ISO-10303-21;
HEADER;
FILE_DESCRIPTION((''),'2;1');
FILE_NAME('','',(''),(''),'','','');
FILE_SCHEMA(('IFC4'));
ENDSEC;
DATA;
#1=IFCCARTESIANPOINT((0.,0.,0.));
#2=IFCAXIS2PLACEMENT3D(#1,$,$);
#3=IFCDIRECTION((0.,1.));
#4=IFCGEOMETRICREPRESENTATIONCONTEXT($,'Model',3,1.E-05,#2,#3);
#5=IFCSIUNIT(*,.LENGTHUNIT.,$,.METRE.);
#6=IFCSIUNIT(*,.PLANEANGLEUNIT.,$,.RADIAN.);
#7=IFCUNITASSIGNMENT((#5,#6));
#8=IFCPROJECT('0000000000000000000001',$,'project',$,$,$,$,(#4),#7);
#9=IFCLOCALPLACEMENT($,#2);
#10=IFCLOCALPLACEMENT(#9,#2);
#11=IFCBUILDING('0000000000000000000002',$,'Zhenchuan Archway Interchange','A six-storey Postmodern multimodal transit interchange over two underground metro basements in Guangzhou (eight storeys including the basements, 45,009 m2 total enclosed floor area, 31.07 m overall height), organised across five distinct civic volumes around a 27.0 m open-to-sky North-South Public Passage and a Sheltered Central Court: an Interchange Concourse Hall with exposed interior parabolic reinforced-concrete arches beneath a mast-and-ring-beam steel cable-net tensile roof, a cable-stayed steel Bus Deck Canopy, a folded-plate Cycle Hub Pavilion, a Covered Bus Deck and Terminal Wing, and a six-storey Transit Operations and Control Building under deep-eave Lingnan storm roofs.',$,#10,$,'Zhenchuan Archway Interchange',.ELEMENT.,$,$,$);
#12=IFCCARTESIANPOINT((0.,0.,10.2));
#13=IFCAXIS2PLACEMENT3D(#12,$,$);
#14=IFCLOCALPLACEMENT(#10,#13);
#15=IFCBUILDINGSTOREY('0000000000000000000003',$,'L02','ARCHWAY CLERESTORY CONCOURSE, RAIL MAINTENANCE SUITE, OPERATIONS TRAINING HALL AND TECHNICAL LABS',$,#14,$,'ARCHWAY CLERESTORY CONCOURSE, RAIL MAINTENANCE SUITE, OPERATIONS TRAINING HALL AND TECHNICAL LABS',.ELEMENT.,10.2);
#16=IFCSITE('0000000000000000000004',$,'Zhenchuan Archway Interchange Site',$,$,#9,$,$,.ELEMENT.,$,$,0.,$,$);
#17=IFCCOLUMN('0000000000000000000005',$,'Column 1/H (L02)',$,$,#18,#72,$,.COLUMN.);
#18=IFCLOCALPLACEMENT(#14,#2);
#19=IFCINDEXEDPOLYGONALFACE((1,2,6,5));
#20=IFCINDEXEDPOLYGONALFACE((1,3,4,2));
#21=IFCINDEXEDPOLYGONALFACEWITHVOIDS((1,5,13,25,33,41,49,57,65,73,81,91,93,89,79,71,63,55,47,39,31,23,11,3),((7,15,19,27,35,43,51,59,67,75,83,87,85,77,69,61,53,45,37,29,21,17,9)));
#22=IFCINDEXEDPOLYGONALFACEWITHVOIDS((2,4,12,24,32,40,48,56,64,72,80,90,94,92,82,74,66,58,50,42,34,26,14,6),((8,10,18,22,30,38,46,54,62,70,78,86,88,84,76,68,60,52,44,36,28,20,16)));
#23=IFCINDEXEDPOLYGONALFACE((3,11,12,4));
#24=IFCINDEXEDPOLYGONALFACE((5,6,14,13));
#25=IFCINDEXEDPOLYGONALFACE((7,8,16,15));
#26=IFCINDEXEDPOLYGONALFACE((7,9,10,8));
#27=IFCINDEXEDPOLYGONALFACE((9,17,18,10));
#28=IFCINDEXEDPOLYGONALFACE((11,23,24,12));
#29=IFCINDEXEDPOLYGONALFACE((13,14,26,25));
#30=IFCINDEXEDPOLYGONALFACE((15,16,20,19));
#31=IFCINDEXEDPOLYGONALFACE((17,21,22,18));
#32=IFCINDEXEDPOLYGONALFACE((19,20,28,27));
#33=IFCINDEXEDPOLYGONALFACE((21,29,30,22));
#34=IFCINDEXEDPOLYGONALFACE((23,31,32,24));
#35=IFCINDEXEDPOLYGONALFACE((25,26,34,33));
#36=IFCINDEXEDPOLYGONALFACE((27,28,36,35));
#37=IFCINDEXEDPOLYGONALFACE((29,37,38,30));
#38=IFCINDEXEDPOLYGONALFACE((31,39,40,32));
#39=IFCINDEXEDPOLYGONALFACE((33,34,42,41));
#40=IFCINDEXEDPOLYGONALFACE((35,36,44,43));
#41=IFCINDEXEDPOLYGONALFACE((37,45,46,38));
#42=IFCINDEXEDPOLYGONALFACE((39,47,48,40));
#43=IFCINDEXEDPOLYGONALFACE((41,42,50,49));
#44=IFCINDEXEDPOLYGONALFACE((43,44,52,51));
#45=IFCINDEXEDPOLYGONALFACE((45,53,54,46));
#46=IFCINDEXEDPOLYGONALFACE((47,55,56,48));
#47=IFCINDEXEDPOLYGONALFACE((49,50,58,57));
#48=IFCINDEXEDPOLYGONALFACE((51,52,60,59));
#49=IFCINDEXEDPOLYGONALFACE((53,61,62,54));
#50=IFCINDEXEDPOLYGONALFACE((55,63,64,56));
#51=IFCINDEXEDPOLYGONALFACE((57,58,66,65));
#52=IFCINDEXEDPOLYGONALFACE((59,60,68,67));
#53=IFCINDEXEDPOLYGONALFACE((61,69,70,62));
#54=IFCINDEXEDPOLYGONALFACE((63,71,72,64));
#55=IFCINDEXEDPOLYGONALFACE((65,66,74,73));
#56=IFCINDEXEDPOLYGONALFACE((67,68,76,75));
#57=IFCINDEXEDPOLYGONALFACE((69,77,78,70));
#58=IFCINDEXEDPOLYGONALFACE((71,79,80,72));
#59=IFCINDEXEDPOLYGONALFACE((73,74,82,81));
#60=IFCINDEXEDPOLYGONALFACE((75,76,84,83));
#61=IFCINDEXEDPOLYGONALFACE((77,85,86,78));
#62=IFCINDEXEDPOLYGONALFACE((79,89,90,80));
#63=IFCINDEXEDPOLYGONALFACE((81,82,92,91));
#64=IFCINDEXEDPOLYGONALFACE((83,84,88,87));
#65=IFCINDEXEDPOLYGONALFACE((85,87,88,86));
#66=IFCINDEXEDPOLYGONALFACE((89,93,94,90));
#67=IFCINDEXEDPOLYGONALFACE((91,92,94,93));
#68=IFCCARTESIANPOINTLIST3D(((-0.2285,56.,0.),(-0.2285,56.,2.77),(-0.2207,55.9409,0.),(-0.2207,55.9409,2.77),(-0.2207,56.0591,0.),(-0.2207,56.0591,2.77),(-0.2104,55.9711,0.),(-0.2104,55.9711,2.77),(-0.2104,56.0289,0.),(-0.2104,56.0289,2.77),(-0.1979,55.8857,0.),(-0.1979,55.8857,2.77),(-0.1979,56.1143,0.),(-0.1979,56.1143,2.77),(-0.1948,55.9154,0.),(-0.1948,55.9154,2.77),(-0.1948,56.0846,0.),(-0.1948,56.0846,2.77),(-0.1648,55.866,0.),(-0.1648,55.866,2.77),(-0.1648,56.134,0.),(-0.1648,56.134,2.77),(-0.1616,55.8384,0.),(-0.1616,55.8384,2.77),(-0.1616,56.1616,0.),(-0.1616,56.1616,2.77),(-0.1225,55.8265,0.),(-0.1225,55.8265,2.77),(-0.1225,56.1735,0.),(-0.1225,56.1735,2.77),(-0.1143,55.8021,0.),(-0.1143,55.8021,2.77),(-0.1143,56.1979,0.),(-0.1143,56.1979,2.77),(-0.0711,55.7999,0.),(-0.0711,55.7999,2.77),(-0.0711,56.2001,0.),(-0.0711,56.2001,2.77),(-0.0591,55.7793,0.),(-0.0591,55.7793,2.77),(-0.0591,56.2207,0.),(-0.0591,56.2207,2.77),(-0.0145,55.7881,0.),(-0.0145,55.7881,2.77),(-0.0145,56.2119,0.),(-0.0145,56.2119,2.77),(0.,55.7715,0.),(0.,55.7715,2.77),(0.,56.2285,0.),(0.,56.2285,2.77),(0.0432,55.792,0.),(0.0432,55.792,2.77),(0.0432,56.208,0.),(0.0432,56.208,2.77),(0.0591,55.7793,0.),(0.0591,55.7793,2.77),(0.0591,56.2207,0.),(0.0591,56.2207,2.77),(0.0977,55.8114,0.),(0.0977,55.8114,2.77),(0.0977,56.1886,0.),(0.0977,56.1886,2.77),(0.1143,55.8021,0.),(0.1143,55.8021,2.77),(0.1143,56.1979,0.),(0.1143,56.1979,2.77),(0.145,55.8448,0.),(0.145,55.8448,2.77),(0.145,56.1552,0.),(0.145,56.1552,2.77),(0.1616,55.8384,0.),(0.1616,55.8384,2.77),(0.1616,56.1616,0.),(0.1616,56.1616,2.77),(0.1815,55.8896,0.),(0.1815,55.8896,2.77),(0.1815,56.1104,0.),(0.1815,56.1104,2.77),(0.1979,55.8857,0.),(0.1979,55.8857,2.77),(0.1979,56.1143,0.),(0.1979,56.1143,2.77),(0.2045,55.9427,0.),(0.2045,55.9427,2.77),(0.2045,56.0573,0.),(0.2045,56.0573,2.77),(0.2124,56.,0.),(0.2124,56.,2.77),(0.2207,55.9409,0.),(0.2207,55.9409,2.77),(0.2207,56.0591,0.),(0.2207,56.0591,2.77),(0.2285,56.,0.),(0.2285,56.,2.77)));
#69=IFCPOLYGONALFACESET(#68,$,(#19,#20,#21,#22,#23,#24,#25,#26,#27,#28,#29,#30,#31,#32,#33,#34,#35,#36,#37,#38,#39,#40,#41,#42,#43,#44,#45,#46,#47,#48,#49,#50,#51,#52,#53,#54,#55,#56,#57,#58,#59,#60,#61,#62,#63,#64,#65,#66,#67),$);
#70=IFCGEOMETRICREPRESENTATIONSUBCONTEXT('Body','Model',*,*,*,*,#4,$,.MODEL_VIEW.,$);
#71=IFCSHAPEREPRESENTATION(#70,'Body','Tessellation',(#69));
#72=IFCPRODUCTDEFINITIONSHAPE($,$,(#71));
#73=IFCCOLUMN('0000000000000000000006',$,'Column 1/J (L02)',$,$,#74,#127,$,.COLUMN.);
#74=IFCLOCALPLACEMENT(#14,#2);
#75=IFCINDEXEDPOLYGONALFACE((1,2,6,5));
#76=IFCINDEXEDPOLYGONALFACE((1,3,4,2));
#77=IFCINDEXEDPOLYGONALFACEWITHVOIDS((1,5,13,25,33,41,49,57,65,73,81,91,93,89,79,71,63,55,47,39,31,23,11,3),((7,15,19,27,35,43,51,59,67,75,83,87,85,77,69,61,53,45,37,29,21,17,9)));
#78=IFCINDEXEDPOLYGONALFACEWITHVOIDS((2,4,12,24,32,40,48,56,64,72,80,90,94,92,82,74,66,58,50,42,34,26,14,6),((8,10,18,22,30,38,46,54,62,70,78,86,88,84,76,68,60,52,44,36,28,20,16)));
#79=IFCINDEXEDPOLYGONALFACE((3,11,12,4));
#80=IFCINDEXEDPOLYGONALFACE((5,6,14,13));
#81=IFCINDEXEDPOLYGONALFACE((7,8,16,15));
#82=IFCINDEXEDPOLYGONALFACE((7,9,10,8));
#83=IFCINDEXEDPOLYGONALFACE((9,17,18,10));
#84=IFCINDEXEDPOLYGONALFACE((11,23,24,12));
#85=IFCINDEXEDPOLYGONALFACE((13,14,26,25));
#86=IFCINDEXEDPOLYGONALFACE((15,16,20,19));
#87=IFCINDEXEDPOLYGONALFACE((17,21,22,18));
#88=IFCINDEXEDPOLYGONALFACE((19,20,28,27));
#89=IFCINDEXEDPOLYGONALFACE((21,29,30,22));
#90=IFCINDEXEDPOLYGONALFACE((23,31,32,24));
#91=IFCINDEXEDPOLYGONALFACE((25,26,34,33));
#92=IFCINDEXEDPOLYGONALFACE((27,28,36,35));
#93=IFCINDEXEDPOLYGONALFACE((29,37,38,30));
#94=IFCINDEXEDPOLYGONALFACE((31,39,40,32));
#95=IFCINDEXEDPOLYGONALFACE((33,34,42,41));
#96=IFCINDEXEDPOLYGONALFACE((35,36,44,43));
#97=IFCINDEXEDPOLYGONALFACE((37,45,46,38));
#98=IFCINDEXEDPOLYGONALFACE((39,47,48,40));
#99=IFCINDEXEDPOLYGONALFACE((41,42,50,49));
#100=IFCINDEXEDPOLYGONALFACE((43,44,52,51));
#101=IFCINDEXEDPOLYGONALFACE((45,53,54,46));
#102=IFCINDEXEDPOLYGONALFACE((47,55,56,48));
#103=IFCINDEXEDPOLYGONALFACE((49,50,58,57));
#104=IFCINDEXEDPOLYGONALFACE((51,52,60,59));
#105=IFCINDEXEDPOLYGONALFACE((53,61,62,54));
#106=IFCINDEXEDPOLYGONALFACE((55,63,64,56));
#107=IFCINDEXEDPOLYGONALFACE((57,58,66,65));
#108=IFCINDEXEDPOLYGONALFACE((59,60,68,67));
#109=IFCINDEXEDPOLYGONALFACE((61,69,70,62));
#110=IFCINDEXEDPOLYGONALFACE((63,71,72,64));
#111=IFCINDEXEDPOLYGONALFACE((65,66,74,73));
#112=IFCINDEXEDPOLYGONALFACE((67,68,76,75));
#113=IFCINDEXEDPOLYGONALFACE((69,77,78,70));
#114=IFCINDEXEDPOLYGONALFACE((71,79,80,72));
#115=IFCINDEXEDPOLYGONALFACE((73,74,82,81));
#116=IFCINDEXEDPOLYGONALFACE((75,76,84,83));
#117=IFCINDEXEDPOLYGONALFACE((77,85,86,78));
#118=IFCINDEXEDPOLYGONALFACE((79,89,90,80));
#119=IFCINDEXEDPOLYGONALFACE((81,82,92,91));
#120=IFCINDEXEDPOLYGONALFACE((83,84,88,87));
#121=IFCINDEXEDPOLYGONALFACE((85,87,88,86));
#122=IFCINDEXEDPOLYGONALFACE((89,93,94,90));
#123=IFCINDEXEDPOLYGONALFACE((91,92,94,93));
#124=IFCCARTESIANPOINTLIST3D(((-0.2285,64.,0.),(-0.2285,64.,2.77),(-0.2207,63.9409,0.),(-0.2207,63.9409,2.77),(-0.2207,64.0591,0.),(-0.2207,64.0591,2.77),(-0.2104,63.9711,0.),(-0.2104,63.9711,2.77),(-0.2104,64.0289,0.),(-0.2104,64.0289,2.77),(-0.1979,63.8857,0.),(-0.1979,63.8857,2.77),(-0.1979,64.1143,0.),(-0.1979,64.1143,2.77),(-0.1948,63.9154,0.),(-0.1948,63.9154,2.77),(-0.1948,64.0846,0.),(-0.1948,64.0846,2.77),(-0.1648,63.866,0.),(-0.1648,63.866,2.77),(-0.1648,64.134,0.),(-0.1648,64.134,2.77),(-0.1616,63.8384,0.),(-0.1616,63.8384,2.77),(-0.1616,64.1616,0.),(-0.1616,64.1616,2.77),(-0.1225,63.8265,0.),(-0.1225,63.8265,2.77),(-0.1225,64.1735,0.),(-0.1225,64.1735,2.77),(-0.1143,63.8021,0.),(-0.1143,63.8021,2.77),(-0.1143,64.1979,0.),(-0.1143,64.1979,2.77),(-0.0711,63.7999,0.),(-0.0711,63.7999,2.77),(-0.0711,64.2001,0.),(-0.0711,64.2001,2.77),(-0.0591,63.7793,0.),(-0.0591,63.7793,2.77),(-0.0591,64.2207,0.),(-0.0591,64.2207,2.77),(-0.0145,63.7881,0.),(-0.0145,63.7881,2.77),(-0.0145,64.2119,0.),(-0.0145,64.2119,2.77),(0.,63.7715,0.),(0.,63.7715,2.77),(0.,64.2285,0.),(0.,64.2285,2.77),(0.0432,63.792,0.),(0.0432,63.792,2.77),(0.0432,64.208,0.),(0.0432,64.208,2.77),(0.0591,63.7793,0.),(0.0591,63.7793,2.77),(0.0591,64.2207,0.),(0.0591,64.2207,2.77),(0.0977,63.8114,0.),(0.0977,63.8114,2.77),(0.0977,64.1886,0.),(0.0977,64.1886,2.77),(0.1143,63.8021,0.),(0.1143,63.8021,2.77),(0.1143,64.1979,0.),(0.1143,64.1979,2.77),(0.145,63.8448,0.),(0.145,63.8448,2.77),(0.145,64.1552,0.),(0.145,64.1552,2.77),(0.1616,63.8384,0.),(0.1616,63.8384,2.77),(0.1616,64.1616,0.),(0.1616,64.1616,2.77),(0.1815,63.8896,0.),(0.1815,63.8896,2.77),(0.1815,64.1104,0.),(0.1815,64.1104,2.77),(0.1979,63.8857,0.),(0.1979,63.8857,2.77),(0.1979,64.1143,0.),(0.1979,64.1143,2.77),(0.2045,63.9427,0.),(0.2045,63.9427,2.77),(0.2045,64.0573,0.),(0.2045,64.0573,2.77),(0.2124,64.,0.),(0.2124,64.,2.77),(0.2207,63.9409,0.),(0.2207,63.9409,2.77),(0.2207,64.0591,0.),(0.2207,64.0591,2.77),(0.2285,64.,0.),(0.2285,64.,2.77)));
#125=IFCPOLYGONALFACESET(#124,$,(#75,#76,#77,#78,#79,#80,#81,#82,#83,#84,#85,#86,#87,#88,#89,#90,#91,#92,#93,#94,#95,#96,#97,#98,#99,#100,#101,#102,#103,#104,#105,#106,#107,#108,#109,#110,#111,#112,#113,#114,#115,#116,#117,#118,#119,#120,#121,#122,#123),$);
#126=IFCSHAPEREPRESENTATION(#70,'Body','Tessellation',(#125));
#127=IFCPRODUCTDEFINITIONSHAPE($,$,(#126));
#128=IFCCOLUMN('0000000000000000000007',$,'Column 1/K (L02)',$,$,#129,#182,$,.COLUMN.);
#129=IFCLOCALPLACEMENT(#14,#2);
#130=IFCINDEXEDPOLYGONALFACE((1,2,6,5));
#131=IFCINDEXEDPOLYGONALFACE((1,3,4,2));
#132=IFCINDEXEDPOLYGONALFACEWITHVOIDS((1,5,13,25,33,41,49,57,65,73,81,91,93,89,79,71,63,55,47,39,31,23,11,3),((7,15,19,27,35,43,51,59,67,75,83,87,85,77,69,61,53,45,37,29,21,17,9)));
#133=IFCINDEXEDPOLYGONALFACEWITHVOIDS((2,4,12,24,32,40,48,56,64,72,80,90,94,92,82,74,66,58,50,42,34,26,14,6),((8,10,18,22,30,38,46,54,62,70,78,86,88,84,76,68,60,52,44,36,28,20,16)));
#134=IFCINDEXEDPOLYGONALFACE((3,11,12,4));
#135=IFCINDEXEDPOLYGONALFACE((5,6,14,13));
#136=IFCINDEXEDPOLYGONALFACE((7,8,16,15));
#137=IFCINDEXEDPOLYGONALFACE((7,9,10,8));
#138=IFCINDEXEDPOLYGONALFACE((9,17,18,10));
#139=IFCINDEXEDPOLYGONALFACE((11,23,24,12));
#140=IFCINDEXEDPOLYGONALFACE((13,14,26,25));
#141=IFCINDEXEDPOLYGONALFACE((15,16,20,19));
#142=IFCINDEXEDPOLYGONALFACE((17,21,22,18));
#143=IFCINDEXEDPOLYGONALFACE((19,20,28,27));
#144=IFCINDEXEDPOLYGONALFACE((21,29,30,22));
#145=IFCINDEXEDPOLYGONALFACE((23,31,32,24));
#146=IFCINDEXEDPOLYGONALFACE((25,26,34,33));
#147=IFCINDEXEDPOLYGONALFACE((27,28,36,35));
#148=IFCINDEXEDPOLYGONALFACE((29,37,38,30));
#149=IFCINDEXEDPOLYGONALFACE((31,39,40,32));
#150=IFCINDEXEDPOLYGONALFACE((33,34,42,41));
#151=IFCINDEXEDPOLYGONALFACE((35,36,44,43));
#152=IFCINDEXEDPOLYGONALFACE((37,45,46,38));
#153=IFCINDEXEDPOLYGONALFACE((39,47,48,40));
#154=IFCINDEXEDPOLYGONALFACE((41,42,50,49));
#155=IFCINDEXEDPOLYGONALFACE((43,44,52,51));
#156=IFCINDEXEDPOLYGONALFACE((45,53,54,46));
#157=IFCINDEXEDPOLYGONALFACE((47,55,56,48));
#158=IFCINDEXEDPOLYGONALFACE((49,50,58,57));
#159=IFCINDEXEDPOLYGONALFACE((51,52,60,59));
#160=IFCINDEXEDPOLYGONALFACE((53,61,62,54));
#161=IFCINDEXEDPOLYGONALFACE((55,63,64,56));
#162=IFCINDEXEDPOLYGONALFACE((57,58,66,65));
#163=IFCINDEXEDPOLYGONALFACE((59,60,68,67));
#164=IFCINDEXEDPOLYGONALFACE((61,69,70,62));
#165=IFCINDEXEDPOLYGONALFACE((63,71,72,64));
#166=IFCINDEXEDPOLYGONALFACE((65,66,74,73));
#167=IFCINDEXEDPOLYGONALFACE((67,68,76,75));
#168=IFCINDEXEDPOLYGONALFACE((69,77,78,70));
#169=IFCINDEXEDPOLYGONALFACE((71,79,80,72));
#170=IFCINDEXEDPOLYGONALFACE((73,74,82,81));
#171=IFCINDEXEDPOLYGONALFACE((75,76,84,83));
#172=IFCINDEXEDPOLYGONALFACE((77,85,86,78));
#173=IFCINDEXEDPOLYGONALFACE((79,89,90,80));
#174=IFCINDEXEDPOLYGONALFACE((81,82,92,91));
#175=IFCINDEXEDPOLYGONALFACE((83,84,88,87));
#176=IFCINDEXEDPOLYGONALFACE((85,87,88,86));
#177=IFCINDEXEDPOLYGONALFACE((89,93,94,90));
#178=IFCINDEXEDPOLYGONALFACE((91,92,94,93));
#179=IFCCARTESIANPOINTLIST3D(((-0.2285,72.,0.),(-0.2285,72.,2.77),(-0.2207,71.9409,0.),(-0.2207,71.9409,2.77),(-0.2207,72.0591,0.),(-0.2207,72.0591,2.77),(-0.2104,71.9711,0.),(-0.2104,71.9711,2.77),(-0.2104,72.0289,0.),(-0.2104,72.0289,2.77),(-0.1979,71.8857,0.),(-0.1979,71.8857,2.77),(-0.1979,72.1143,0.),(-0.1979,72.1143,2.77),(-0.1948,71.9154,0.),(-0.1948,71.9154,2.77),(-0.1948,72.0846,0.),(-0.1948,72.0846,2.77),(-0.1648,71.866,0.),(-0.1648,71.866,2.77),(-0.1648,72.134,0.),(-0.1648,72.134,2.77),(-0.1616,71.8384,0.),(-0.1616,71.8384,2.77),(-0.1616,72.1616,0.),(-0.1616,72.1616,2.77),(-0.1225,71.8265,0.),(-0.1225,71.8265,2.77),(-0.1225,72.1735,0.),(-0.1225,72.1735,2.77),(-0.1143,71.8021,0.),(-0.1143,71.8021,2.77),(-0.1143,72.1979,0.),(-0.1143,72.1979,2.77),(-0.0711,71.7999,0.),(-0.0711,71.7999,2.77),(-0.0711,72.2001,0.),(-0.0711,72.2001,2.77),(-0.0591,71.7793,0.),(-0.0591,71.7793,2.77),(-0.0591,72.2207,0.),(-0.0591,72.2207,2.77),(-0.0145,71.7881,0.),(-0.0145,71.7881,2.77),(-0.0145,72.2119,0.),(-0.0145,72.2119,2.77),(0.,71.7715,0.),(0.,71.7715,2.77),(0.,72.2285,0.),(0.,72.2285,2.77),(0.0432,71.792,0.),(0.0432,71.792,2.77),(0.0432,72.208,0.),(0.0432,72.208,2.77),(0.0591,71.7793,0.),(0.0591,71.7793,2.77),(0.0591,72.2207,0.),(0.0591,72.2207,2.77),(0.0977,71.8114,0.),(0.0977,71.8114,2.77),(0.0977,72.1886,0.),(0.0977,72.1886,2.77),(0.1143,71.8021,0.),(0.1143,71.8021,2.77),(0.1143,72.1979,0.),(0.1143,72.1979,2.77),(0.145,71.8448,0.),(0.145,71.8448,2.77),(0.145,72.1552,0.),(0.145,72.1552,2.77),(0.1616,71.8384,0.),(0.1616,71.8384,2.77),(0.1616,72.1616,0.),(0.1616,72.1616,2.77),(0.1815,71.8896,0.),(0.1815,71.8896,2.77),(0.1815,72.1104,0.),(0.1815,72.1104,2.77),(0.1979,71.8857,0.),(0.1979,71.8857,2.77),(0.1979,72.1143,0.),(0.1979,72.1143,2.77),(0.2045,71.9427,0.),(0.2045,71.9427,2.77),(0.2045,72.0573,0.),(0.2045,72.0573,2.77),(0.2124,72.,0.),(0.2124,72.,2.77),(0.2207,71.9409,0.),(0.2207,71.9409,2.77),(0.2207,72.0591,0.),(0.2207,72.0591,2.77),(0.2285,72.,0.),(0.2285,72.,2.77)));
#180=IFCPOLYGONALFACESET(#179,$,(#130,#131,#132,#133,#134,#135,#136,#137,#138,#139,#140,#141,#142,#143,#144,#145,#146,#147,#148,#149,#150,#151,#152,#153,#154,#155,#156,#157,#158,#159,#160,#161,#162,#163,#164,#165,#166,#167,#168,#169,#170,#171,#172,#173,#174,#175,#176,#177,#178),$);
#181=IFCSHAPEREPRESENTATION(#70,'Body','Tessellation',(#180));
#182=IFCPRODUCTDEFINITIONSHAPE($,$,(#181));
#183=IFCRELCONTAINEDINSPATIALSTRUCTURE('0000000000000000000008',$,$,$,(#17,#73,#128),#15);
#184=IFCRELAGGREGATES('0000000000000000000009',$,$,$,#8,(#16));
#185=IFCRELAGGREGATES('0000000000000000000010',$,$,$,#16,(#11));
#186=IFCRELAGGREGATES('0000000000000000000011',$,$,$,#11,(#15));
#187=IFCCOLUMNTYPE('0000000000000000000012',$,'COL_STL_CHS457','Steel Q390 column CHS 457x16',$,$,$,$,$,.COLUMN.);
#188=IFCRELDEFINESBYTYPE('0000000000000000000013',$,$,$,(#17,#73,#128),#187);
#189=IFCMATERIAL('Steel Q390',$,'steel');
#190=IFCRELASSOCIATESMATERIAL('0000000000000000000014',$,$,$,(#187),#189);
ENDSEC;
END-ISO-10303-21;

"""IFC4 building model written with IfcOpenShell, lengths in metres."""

from ifc_helpers import new_model, si_unit, direction, frame, origin, origin_2d, place, context, subcontext, project, spatial, hollow_circle, extrude, material, material_profile, profile_set, type_object, element, save


model = new_model("IFC4")

# Units and contexts
model_context = context("Model", 3, precision=1e-05, world=origin(), true_north=direction((0.0, 1.0)))
body_context = subcontext(model_context, "Body", "Model", "MODEL_VIEW")
ifc_project = project(units=[si_unit("LENGTHUNIT", "METRE"), si_unit("PLANEANGLEUNIT", "RADIAN")], contexts=[model_context])

# Site, building, storey
site_placement = place(None, origin())
site = spatial("IfcSite", under=ifc_project, at=site_placement, Name="Zhenchuan Archway Interchange Site", CompositionType="ELEMENT", RefElevation=0.0)
building_placement = place(site_placement, origin())
building = spatial("IfcBuilding", under=site, at=building_placement, Name="Zhenchuan Archway Interchange", Description="A six-storey Postmodern multimodal transit interchange over two underground metro basements in Guangzhou (eight storeys including the basements, 45,009 m2 total enclosed floor area, 31.07 m overall height), organised across five distinct civic volumes around a 27.0 m open-to-sky North-South Public Passage and a Sheltered Central Court: an Interchange Concourse Hall with exposed interior parabolic reinforced-concrete arches beneath a mast-and-ring-beam steel cable-net tensile roof, a cable-stayed steel Bus Deck Canopy, a folded-plate Cycle Hub Pavilion, a Covered Bus Deck and Terminal Wing, and a six-storey Transit Operations and Control Building under deep-eave Lingnan storm roofs.", LongName="Zhenchuan Archway Interchange", CompositionType="ELEMENT")
storey_placement = place(building_placement, frame((0.0, 0.0, 10.2)))
storey = spatial("IfcBuildingStorey", under=building, at=storey_placement, Name="L02", Description="ARCHWAY CLERESTORY CONCOURSE, RAIL MAINTENANCE SUITE, OPERATIONS TRAINING HALL AND TECHNICAL LABS", LongName="ARCHWAY CLERESTORY CONCOURSE, RAIL MAINTENANCE SUITE, OPERATIONS TRAINING HALL AND TECHNICAL LABS", CompositionType="ELEMENT", Elevation=10.2)

# Columns
ifc_material_1 = material(Name="Steel Q390", Category="steel")
ifc_material_profile_1 = material_profile(ifc_material_1, hollow_circle(Radius=0.2285, WallThickness=0.0161, at=origin_2d()), Name="CHS 457x16")
ifc_profile_set_1 = profile_set([ifc_material_profile_1], Name="Steel Q390")
column_type_1 = type_object("IfcColumnType", Name="COL_STL_CHS457", Description="Steel Q390 column CHS 457x16", PredefinedType="COLUMN", material=ifc_profile_set_1)
for number, where, z_axis, x_axis, name in (
    (1, (0.0, 56.0, 0.0), (0.0, 0.0, 1.0), (1.0, 0.0, 0.0), "Column 1/H (L02)"),
    (2, (0.0, 64.0, 0.0), (0.0, 0.0, 1.0), (1.0, 0.0, 0.0), "Column 1/J (L02)"),
    (3, (0.0, 72.0, 0.0), (0.0, 0.0, 1.0), (1.0, 0.0, 0.0), "Column 1/K (L02)"),
):
    element("IfcColumn", number, at=place(storey_placement, frame(where, z_axis=z_axis, x_axis=x_axis)), inside=storey, type_object=column_type_1, Name=name, PredefinedType="COLUMN", context=body_context, shape_type="SweptSolid", body=[
        extrude(hollow_circle(Radius=0.2285, WallThickness=0.0161, at=origin_2d()), origin(), (0.0, 0.0, 1.0), 2.77),
    ])

save(model, "model.ifc")
